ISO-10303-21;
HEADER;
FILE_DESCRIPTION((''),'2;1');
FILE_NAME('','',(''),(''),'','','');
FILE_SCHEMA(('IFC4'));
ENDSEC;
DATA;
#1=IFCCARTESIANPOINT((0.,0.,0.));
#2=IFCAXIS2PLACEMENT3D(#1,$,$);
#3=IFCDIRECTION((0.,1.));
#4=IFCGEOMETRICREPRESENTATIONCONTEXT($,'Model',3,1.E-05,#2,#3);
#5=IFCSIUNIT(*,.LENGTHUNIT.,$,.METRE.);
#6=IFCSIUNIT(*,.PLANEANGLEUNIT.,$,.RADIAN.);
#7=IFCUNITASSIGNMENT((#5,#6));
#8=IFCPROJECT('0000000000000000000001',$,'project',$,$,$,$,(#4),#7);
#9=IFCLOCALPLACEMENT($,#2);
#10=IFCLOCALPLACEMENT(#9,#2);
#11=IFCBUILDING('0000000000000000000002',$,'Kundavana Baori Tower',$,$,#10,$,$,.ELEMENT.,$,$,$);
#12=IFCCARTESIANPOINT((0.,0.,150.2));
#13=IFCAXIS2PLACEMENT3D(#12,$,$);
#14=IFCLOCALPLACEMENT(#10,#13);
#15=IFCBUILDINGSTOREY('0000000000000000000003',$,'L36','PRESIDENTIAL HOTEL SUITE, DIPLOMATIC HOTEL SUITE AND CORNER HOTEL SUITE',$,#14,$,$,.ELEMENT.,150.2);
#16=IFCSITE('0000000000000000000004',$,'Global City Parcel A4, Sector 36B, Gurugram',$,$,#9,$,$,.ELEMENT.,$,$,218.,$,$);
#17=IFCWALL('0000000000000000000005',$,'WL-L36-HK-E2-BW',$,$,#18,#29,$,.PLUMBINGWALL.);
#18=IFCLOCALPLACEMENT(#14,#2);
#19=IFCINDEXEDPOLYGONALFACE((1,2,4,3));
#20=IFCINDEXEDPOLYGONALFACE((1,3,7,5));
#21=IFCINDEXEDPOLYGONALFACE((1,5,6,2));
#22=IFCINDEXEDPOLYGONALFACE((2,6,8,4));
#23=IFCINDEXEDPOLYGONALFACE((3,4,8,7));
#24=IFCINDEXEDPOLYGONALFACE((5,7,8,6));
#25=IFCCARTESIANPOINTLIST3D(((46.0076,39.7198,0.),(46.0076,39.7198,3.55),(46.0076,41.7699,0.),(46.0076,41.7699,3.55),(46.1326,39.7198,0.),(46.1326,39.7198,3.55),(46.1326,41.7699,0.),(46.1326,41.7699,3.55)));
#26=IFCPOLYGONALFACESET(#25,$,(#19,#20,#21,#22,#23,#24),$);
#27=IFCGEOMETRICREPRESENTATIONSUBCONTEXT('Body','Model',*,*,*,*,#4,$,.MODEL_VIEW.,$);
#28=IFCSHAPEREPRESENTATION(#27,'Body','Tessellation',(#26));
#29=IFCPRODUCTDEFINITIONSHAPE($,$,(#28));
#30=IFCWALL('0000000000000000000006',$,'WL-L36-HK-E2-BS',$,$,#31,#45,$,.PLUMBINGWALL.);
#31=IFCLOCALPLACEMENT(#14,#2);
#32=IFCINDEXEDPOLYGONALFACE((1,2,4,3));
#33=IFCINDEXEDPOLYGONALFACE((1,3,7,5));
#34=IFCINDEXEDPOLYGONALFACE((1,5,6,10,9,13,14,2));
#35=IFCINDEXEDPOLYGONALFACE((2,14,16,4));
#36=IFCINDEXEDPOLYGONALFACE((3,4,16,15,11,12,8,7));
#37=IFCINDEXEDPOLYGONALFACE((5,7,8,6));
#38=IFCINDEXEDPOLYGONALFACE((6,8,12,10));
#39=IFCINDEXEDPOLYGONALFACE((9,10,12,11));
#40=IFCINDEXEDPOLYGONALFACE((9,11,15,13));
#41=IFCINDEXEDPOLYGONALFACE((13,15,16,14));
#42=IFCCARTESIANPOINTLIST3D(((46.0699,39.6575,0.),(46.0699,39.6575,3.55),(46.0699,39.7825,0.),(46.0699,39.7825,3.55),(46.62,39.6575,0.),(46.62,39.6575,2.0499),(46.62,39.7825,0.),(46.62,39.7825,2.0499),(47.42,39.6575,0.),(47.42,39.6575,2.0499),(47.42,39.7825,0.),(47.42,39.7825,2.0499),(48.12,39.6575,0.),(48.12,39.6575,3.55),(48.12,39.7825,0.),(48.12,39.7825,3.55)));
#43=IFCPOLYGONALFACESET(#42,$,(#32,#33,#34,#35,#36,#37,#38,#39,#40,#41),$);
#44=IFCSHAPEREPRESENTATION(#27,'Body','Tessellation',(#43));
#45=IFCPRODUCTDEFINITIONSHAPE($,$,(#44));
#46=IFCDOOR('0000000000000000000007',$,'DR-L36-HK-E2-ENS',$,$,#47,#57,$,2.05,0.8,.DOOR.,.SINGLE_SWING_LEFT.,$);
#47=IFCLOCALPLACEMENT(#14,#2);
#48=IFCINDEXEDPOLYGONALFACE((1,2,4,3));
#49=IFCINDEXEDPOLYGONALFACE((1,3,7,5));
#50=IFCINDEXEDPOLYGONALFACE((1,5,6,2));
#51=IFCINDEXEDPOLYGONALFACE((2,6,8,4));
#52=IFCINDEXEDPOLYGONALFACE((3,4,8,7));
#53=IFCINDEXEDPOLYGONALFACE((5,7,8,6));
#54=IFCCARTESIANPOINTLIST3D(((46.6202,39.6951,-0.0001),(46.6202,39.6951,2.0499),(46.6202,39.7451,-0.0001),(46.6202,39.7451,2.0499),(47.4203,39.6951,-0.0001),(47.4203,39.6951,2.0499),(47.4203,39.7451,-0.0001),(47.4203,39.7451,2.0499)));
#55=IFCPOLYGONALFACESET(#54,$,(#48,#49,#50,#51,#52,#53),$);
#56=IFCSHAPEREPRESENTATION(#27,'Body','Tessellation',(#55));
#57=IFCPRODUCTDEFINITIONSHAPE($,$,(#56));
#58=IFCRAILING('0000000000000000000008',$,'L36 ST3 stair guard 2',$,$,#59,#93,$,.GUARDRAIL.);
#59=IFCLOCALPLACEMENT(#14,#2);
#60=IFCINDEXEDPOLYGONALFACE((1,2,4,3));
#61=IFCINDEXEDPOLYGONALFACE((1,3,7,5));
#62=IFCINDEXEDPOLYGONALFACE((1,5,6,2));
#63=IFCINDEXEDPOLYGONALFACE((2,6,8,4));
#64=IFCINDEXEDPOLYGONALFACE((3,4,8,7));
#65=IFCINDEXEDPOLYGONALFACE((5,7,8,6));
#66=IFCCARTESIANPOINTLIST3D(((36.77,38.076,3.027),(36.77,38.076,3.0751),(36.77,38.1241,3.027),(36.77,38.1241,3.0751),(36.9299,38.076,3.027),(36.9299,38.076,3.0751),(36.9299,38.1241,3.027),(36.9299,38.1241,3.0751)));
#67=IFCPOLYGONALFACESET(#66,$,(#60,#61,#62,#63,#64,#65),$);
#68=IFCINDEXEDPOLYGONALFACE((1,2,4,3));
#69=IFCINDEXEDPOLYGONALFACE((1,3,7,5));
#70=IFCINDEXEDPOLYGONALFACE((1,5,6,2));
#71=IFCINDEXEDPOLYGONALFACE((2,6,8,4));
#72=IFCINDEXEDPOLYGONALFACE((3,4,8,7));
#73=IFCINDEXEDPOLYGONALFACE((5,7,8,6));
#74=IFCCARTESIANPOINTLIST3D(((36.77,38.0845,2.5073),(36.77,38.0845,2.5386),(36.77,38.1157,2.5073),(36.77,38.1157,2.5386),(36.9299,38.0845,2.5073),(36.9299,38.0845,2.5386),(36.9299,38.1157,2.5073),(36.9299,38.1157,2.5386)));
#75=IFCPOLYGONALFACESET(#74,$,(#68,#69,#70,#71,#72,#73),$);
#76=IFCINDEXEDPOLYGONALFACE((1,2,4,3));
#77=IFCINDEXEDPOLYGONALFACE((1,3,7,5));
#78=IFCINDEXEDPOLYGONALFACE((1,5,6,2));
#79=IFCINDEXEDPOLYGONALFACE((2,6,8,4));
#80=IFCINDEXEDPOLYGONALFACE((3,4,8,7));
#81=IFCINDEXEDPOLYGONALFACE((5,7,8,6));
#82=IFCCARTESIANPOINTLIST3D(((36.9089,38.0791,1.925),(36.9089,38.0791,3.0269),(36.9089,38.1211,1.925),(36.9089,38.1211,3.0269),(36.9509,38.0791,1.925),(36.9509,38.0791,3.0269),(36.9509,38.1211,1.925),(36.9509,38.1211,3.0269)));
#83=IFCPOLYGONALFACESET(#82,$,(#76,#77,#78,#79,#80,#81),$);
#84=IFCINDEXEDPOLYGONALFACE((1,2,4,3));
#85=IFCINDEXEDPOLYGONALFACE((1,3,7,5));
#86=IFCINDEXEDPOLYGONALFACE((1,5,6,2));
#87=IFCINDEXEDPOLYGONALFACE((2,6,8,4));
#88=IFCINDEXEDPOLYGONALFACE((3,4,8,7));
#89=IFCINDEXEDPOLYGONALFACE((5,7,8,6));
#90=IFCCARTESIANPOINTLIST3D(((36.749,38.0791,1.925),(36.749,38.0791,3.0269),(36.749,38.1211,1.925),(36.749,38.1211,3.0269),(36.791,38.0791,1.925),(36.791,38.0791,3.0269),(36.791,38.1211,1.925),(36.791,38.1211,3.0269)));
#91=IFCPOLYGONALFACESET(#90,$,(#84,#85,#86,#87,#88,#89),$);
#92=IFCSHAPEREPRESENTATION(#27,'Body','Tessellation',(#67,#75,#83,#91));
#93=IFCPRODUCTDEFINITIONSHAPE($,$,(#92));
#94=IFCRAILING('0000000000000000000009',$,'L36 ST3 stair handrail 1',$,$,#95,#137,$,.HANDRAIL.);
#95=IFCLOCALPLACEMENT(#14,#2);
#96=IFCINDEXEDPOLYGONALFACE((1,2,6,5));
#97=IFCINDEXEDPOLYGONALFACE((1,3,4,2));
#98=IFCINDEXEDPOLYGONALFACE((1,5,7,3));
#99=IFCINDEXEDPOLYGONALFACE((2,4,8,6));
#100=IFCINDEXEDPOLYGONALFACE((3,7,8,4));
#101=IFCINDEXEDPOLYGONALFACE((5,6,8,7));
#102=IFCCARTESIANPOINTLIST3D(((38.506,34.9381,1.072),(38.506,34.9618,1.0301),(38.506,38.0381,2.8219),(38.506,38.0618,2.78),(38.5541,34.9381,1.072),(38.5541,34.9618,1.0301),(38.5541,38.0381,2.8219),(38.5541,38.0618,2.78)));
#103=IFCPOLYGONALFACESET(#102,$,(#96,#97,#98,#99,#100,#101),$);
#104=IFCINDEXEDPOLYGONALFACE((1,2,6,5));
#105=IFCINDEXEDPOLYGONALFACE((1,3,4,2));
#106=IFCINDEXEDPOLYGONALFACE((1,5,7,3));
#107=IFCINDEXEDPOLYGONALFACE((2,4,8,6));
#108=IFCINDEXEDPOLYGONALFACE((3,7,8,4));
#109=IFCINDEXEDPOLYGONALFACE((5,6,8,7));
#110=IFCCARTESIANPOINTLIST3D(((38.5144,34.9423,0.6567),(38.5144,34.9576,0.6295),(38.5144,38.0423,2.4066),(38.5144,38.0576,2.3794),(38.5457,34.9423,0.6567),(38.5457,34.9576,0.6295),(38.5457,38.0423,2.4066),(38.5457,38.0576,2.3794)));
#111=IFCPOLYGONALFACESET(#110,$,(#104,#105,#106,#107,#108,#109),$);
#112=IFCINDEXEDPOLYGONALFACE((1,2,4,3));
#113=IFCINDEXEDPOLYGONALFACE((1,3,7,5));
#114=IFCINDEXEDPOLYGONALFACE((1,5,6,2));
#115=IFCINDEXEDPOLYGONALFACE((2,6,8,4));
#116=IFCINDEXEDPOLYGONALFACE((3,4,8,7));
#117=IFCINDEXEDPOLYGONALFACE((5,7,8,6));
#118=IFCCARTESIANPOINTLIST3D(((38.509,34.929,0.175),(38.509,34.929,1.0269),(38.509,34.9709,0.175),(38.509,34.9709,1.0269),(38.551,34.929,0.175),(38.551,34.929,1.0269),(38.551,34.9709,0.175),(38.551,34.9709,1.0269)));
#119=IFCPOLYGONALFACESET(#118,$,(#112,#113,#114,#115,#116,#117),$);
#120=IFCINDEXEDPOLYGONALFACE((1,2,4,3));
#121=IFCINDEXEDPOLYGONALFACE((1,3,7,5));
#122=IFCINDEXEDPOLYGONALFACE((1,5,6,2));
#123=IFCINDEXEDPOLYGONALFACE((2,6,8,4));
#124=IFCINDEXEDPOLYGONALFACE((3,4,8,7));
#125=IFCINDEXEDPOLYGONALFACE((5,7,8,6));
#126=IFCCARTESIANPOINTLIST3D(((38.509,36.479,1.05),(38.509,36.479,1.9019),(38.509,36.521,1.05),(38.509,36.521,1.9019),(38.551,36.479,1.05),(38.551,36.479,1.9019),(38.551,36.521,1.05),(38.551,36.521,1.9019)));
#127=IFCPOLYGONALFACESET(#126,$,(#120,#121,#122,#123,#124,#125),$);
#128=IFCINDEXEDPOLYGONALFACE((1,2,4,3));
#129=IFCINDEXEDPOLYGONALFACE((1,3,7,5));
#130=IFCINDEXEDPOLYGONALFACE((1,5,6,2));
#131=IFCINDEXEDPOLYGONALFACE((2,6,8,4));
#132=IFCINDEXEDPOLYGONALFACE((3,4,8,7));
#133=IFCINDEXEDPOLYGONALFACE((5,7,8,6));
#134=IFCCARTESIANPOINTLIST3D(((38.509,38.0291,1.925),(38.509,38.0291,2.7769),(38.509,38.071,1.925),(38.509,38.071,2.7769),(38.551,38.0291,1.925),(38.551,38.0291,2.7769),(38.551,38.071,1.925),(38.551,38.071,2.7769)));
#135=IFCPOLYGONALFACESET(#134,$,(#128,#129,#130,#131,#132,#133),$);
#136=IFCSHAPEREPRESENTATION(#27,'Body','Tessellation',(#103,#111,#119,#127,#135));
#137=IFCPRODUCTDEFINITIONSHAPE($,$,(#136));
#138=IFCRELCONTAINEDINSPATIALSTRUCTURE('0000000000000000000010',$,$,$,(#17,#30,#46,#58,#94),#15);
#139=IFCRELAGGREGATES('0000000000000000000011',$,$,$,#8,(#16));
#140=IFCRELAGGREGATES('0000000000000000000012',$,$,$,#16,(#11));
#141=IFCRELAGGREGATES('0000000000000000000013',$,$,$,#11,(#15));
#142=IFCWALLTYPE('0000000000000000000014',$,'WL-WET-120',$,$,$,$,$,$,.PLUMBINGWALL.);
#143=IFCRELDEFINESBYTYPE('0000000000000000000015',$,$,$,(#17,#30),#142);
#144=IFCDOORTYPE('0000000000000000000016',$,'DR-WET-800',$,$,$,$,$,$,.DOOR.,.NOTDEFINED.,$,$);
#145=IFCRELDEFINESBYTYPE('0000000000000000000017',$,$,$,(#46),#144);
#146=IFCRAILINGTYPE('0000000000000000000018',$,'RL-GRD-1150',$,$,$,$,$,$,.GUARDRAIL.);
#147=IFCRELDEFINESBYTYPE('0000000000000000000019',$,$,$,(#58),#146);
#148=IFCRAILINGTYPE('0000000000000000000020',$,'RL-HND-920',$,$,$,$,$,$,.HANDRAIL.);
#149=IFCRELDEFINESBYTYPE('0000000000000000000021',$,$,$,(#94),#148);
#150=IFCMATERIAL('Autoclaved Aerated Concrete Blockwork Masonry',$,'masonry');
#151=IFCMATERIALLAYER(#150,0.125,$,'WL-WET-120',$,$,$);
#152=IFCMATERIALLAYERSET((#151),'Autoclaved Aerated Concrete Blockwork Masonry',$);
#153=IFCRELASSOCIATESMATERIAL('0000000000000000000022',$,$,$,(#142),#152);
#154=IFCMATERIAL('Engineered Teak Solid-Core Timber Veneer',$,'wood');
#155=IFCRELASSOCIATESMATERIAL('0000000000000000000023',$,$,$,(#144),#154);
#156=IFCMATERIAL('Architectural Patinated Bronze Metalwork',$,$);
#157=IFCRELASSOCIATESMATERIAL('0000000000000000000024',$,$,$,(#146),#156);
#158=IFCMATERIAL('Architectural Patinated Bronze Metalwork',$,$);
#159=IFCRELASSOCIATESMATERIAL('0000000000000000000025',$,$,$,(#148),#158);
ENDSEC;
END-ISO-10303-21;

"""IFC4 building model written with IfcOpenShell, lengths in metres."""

from ifc_helpers import new_model, si_unit, direction, frame, frame_2d, origin, origin_2d, place, context, subcontext, project, spatial, rectangle, extrude, material, layer, layer_set, type_object, element, fill, save


model = new_model("IFC4")

# Units and contexts
model_context = context("Model", 3, precision=1e-05, world=origin(), true_north=direction((0.0, 1.0)))
body_context = subcontext(model_context, "Body", "Model", "MODEL_VIEW")
ifc_project = project(units=[si_unit("LENGTHUNIT", "METRE"), si_unit("PLANEANGLEUNIT", "RADIAN")], contexts=[model_context])

# Site, building, storey
site_placement = place(None, origin())
site = spatial("IfcSite", under=ifc_project, at=site_placement, Name="Global City Parcel A4, Sector 36B, Gurugram", CompositionType="ELEMENT", RefElevation=218.0)
building_placement = place(site_placement, origin())
building = spatial("IfcBuilding", under=site, at=building_placement, Name="Kundavana Baori Tower", CompositionType="ELEMENT")
storey_placement = place(building_placement, frame((0.0, 0.0, 150.2)))
storey = spatial("IfcBuildingStorey", under=building, at=storey_placement, Name="L36", Description="PRESIDENTIAL HOTEL SUITE, DIPLOMATIC HOTEL SUITE AND CORNER HOTEL SUITE", CompositionType="ELEMENT", Elevation=150.2)

# Wall
ifc_material_1 = material(Name="Autoclaved Aerated Concrete Blockwork Masonry", Category="masonry")
ifc_layer_1 = layer(ifc_material_1, 0.125, Name="WL-WET-120")
ifc_layer_set_1 = layer_set([ifc_layer_1], Name="Autoclaved Aerated Concrete Blockwork Masonry")
wall_type_1 = type_object("IfcWallType", Name="WL-WET-120", PredefinedType="PLUMBINGWALL", material=ifc_layer_set_1)
wall_1_placement = place(storey_placement, frame((46.0701, 39.72, 0.0), z_axis=(0.0, 0.0, 1.0), x_axis=(0.0, 1.0, 0.0)))
element("IfcWall", 1, at=wall_1_placement, inside=storey, type_object=wall_type_1, Name="WL-L36-HK-E2-BW", PredefinedType="PLUMBINGWALL", context=body_context, shape_type="SweptSolid", body=[
    extrude(rectangle(XDim=2.05, YDim=0.125, at=frame_2d((1.0249, 0.0))), origin(), (0.0, 0.0, 1.0), 3.55),
])

# Wall, opening, door
wall_2_placement = place(storey_placement, frame((46.0701, 39.72, 0.0), z_axis=(0.0, 0.0, 1.0), x_axis=(1.0, 0.0, 0.0)))
wall_2 = element("IfcWall", 2, at=wall_2_placement, inside=storey, type_object=wall_type_1, Name="WL-L36-HK-E2-BS", PredefinedType="PLUMBINGWALL", context=body_context, shape_type="SweptSolid", body=[
    extrude(rectangle(XDim=2.05, YDim=0.125, at=frame_2d((1.0249, 0.0))), origin(), (0.0, 0.0, 1.0), 3.55),
])
opening_1_placement = place(wall_2_placement, frame((0.55, 0.0, 0.0)))
opening_1 = element("IfcOpeningElement", 3, at=opening_1_placement, cuts=wall_2, PredefinedType="OPENING", context=body_context, shape_type="SweptSolid", body=[
    extrude(rectangle(XDim=0.8, YDim=2.05, at=frame_2d((0.3999, 1.0249))), frame((0.0, 0.0725, 0.0), z_axis=(0.0, -1.0, 0.0), x_axis=(1.0, 0.0, 0.0)), (0.0, 0.0, 1.0), 0.145),
])
ifc_material_2 = material(Name="Engineered Teak Solid-Core Timber Veneer", Category="wood")
door_type_1 = type_object("IfcDoorType", Name="DR-WET-800", OperationType="NOTDEFINED", PredefinedType="DOOR", material=ifc_material_2)
door_1_placement = place(opening_1_placement, frame((0.8, 0.0, 0.0), z_axis=(0.0, 0.0, 1.0), x_axis=(-1.0, 0.0, 0.0)))
door_1 = element("IfcDoor", 4, at=door_1_placement, inside=storey, type_object=door_type_1, Name="DR-L36-HK-E2-ENS", OperationType="SINGLE_SWING_LEFT", OverallHeight=2.05, OverallWidth=0.8, PredefinedType="DOOR", context=body_context, shape_type="SweptSolid", body=[
    extrude(rectangle(XDim=0.8, YDim=2.05, at=frame_2d((0.3999, 1.0249))), frame((0.0, 0.0249, 0.0), z_axis=(0.0, -1.0, 0.0), x_axis=(1.0, 0.0, 0.0)), (0.0, 0.0, 1.0), 0.05),
])
fill(opening_1, door_1)

# Railings
ifc_material_3 = material(Name="Architectural Patinated Bronze Metalwork")
railing_type_1 = type_object("IfcRailingType", Name="RL-GRD-1150", PredefinedType="GUARDRAIL", material=ifc_material_3)
railing_1_placement = place(storey_placement, frame((36.9299, 38.1001, 1.925)))
element("IfcRailing", 5, at=railing_1_placement, inside=storey, type_object=railing_type_1, Name="L36 ST3 stair guard 2", PredefinedType="GUARDRAIL", context=body_context, shape_type="SweptSolid", body=[
    extrude(rectangle(XDim=0.0481, YDim=0.0481, at=origin_2d()), frame((0.0, 0.0, 1.126), z_axis=(-1.0, 0.0, 0.0), x_axis=(0.0, -1.0, 0.0)), (0.0, 0.0, 1.0), 0.1599),
    extrude(rectangle(XDim=0.0312, YDim=0.0312, at=origin_2d()), frame((0.0, 0.0, 0.5979), z_axis=(-1.0, 0.0, 0.0), x_axis=(0.0, -1.0, 0.0)), (0.0, 0.0, 1.0), 0.1599),
    extrude(rectangle(XDim=0.042, YDim=0.042, at=origin_2d()), origin(), (0.0, 0.0, 1.0), 1.1018),
    extrude(rectangle(XDim=0.042, YDim=0.042, at=origin_2d()), frame((-0.1599, 0.0, 0.0)), (0.0, 0.0, 1.0), 1.1018),
])
ifc_material_4 = material(Name="Architectural Patinated Bronze Metalwork")
railing_type_2 = type_object("IfcRailingType", Name="RL-HND-920", PredefinedType="HANDRAIL", material=ifc_material_4)
railing_2_placement = place(storey_placement, frame((38.53, 34.95, 0.175)))
element("IfcRailing", 6, at=railing_2_placement, inside=storey, type_object=railing_type_2, Name="L36 ST3 stair handrail 1", PredefinedType="HANDRAIL", context=body_context, shape_type="SweptSolid", body=[
    extrude(rectangle(XDim=0.0481, YDim=0.0481, at=origin_2d()), frame((0.0, 0.0, 0.876), z_axis=(0.0, 0.870831, 0.491583), x_axis=(-1.0, 0.0, 0.0)), (0.0, 0.0, 1.0), 3.5598),
    extrude(rectangle(XDim=0.0312, YDim=0.0312, at=origin_2d()), frame((0.0, 0.0, 0.468), z_axis=(0.0, 0.870831, 0.491583), x_axis=(-1.0, 0.0, 0.0)), (0.0, 0.0, 1.0), 3.5598),
    extrude(rectangle(XDim=0.042, YDim=0.042, at=origin_2d()), origin(), (0.0, 0.0, 1.0), 0.8518),
    extrude(rectangle(XDim=0.042, YDim=0.042, at=origin_2d()), frame((0.0, 1.55, 0.875)), (0.0, 0.0, 1.0), 0.8518),
    extrude(rectangle(XDim=0.042, YDim=0.042, at=origin_2d()), frame((0.0, 3.1001, 1.75)), (0.0, 0.0, 1.0), 0.8518),
])

save(model, "model.ifc")
